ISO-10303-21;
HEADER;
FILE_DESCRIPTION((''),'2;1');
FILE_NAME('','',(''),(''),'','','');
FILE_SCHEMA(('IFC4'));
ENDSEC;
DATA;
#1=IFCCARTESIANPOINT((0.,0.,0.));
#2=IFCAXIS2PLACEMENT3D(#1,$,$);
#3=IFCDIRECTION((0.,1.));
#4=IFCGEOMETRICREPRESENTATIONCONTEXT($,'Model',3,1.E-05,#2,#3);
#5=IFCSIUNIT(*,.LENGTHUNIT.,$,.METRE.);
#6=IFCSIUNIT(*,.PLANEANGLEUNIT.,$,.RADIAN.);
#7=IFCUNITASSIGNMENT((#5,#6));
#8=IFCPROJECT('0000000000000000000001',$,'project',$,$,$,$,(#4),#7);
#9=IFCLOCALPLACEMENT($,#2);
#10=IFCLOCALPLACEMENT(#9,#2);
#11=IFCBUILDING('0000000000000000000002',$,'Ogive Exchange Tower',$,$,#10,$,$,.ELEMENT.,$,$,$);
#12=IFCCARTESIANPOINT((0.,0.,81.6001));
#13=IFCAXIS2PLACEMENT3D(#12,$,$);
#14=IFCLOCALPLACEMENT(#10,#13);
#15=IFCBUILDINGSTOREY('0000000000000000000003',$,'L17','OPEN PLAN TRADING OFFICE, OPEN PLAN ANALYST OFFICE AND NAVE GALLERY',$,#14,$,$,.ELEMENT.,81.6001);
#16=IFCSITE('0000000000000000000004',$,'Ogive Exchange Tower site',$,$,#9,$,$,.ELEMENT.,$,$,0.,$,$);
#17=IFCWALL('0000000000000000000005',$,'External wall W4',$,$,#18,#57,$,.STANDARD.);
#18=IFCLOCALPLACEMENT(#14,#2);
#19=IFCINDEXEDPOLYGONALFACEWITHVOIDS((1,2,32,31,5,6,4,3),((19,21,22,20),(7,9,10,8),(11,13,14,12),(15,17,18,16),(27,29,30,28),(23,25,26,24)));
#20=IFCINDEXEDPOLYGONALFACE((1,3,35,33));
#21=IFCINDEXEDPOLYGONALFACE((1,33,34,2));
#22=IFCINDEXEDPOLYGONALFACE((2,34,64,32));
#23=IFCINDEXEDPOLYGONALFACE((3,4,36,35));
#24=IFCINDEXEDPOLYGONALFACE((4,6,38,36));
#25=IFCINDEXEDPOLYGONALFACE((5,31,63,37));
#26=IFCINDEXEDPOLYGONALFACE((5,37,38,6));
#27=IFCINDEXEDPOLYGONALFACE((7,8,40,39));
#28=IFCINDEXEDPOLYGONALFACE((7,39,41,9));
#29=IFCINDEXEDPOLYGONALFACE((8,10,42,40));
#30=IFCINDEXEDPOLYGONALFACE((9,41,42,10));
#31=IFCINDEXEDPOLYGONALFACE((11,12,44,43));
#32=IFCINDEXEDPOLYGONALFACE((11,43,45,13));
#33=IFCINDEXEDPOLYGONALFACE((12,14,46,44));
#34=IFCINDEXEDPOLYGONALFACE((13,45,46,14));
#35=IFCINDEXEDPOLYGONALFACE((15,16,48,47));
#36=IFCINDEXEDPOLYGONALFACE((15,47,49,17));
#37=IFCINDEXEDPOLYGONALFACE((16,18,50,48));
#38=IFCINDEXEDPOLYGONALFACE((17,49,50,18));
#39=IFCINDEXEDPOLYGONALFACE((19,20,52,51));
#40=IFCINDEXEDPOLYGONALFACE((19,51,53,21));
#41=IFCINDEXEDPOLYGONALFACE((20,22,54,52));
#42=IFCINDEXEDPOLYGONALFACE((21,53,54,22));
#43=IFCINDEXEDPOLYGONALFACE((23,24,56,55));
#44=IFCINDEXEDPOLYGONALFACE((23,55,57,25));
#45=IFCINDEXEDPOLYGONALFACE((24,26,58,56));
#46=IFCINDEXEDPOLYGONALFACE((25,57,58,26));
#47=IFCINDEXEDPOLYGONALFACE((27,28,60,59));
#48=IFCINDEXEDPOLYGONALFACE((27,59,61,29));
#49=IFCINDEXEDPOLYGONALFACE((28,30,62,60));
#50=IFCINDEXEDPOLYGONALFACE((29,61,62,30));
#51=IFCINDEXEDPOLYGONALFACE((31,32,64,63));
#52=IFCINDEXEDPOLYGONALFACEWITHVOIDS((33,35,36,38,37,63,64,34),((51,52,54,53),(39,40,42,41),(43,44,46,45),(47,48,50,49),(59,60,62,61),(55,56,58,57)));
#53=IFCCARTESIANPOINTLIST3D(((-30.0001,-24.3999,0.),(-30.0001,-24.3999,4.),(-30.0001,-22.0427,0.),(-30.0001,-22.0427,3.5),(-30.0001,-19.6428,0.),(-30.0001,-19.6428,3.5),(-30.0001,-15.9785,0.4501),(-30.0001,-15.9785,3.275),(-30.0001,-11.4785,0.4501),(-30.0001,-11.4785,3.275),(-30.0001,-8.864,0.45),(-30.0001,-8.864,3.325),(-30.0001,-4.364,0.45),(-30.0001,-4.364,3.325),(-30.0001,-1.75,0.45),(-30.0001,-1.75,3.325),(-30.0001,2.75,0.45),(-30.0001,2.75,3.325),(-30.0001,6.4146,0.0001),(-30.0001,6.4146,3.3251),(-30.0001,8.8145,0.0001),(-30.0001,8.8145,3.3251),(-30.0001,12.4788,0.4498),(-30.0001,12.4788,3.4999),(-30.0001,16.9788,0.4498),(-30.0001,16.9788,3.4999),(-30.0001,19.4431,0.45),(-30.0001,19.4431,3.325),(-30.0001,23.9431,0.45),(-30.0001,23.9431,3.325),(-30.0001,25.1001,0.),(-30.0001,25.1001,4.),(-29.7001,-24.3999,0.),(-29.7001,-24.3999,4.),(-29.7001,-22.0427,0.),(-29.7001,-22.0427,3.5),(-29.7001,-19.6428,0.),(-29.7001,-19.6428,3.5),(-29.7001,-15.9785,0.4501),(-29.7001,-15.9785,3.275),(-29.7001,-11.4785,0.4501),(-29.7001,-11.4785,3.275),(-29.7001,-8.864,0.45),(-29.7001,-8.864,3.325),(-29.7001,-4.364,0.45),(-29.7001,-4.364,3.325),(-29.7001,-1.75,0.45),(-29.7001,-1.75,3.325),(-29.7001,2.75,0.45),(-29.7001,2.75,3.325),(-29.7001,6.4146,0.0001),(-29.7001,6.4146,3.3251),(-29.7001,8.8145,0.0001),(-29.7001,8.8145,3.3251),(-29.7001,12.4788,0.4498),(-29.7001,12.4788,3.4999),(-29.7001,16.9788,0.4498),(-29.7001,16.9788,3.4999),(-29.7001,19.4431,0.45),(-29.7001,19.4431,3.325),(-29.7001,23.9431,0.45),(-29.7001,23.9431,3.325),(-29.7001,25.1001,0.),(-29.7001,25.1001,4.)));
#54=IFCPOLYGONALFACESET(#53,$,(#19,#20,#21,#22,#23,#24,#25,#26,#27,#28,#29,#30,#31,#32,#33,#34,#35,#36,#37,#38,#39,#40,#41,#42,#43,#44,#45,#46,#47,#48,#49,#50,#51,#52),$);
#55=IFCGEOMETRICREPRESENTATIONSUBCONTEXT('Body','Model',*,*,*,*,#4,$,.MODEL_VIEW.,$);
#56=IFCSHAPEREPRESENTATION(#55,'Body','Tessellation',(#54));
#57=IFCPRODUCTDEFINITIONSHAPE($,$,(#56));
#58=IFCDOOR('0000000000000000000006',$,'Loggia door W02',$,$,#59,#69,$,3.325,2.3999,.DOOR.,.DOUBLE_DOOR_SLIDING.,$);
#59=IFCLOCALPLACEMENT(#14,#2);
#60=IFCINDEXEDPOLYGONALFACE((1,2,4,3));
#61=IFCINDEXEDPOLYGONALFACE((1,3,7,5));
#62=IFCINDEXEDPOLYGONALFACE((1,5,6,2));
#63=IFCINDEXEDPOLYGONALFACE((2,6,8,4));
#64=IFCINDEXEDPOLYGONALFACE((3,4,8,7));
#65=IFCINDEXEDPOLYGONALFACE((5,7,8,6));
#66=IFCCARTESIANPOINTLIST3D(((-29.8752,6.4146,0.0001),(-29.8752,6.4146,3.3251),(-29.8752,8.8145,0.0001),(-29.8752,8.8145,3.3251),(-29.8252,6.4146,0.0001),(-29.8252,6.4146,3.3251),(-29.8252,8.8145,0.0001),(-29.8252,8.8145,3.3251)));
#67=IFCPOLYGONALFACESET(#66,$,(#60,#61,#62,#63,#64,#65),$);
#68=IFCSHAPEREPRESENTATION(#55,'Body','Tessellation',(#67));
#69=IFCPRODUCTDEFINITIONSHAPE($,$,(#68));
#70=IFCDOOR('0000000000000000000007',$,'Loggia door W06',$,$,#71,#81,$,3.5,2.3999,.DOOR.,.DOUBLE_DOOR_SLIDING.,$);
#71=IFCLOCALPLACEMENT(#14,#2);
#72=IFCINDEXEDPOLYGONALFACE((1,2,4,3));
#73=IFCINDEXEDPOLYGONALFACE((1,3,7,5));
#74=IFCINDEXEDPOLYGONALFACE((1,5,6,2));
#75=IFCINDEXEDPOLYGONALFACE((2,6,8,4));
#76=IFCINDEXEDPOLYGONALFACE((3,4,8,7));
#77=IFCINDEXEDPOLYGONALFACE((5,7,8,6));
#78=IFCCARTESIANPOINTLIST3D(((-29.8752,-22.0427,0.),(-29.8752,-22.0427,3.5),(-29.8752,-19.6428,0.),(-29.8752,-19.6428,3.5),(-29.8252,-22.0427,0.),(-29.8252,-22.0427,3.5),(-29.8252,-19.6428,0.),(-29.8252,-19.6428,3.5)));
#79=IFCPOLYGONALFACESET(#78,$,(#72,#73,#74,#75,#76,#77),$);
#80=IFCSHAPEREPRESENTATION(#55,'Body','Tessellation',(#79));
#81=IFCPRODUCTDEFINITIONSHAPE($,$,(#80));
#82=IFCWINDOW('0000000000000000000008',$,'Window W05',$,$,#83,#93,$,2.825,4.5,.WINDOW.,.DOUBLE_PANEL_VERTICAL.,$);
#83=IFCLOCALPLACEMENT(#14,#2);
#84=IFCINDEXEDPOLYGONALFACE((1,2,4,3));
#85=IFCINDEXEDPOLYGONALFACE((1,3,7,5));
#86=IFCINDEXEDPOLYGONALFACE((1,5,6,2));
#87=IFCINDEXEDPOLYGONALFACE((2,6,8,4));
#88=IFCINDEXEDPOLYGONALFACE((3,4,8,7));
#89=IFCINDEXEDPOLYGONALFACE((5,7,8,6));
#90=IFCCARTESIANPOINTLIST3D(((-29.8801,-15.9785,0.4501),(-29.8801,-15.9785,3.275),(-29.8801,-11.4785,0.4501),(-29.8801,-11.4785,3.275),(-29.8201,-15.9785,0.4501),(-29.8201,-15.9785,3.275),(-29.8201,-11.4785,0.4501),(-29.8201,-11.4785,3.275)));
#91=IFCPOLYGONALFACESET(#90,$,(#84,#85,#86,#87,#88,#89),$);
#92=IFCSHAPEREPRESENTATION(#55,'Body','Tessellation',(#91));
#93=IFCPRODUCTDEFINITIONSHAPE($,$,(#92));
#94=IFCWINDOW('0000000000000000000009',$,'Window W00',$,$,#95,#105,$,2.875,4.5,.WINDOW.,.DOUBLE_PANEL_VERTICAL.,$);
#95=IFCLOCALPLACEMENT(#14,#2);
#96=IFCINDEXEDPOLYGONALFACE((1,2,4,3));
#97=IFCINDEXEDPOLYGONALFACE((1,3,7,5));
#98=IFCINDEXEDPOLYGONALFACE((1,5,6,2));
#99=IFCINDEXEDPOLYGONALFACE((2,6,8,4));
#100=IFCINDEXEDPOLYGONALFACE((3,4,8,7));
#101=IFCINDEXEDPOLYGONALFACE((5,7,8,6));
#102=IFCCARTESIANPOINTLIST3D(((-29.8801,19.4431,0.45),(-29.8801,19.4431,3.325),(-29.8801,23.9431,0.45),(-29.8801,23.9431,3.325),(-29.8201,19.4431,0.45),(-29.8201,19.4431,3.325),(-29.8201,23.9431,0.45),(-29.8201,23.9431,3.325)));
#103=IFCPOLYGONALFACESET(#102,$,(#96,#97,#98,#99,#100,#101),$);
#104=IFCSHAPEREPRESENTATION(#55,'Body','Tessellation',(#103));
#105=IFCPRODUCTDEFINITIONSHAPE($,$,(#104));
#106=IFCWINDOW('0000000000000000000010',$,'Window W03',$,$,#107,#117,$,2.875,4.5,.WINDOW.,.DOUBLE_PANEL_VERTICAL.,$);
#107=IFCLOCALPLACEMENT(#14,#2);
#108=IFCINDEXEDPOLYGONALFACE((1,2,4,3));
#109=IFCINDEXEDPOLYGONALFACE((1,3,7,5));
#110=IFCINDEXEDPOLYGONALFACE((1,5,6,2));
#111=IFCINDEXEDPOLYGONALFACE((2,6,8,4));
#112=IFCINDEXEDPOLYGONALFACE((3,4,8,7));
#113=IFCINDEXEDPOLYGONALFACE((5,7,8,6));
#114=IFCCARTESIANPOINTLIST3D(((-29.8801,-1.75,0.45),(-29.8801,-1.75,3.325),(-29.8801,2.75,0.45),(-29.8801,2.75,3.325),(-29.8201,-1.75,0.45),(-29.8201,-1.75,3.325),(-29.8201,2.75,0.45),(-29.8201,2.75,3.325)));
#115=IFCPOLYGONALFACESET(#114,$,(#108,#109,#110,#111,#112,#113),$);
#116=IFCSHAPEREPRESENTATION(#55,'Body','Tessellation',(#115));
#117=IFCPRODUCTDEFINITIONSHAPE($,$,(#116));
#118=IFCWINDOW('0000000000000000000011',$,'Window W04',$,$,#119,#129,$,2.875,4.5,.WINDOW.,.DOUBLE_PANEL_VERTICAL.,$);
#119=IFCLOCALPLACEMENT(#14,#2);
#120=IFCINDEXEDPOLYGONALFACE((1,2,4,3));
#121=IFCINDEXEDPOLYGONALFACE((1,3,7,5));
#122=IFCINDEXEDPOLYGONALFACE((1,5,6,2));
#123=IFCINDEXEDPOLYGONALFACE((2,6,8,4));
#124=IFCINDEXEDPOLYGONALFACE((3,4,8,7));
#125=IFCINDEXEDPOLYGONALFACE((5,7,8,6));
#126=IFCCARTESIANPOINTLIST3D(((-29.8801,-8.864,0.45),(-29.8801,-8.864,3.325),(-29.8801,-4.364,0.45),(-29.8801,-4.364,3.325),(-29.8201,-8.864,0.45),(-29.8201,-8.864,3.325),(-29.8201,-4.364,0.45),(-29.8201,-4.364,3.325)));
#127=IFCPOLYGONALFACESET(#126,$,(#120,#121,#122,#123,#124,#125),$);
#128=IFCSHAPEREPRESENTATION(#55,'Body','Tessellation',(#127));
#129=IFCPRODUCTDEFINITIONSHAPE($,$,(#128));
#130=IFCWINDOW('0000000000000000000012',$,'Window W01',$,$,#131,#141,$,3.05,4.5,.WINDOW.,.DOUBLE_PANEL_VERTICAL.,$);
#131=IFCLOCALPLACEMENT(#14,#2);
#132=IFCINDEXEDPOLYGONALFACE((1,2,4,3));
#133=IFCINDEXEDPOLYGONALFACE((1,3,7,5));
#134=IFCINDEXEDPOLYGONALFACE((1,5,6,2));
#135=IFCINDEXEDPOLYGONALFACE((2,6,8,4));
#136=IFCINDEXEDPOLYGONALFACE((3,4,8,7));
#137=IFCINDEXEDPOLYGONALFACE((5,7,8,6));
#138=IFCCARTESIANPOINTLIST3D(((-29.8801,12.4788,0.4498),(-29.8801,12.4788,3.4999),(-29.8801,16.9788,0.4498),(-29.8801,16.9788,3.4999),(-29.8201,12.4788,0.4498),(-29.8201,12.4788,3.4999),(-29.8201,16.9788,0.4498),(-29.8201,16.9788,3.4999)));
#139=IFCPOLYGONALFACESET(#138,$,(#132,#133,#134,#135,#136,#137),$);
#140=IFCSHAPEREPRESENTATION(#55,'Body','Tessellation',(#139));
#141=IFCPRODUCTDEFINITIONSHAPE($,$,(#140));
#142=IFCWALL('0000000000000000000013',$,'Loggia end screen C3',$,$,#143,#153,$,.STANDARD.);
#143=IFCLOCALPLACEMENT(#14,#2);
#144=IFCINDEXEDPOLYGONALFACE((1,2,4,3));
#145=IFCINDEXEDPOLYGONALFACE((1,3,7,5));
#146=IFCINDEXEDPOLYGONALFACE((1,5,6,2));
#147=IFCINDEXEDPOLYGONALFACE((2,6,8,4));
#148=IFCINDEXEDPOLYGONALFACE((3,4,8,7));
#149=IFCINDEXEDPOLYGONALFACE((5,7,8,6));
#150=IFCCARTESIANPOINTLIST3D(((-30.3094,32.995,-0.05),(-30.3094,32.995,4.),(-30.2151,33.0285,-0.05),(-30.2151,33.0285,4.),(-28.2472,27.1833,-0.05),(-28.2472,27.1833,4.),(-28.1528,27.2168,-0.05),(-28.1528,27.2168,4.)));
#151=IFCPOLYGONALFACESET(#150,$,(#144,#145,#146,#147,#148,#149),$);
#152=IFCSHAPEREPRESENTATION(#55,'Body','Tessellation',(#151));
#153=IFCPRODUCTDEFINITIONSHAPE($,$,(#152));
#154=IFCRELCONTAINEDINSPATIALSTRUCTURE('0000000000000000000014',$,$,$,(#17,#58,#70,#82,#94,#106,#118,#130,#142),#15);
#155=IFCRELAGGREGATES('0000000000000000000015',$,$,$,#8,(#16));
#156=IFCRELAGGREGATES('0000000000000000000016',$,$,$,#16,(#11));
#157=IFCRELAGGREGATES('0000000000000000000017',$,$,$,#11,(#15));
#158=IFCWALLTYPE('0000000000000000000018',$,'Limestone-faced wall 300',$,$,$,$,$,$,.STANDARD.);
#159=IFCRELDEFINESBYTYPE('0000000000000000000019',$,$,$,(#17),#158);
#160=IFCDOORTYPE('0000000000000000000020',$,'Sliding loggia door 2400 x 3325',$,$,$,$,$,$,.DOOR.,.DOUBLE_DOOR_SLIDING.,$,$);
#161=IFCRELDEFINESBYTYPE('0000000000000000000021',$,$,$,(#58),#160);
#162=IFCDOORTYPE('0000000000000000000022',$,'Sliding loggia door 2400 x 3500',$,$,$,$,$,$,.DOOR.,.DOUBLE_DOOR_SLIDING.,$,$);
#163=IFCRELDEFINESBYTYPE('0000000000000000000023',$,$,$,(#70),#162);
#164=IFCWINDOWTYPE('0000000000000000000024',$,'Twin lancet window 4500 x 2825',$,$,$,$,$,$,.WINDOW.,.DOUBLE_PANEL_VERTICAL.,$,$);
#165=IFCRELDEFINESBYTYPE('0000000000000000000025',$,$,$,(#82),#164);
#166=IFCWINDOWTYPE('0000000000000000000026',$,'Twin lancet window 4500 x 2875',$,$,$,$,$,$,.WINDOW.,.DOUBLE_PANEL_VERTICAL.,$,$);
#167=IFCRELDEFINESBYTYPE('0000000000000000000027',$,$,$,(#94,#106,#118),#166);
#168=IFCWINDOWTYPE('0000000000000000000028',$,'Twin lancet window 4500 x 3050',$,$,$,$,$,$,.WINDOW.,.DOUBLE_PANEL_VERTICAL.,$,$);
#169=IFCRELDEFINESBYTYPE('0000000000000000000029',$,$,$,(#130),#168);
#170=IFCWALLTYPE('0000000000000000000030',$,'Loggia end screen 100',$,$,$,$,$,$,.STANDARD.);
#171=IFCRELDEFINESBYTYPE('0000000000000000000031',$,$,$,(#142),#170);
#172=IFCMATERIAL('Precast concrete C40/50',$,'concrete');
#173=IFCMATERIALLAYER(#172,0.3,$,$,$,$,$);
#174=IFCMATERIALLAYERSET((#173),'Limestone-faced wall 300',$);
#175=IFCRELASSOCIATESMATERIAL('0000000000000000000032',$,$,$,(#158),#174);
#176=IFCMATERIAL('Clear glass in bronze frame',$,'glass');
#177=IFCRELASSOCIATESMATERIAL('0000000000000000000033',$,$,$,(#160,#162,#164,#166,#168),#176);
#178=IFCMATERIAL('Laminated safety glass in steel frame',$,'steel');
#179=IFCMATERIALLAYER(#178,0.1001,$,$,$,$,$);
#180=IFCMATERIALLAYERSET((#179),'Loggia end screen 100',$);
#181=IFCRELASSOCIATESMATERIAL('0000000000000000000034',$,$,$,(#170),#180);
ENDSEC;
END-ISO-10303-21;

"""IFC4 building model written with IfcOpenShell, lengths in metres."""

from ifc_helpers import new_model, si_unit, direction, frame, frame_2d, origin, place, context, subcontext, project, spatial, rectangle, extrude, material, layer, layer_set, type_object, element, fill, save


model = new_model("IFC4")

# Units and contexts
model_context = context("Model", 3, precision=1e-05, world=origin(), true_north=direction((0.0, 1.0)))
body_context = subcontext(model_context, "Body", "Model", "MODEL_VIEW")
ifc_project = project(units=[si_unit("LENGTHUNIT", "METRE"), si_unit("PLANEANGLEUNIT", "RADIAN")], contexts=[model_context])

# Site, building, storey
site_placement = place(None, origin())
site = spatial("IfcSite", under=ifc_project, at=site_placement, Name="Ogive Exchange Tower site", CompositionType="ELEMENT", RefElevation=0.0)
building_placement = place(site_placement, origin())
building = spatial("IfcBuilding", under=site, at=building_placement, Name="Ogive Exchange Tower", CompositionType="ELEMENT")
storey_placement = place(building_placement, frame((0.0, 0.0, 81.6001)))
storey = spatial("IfcBuildingStorey", under=building, at=storey_placement, Name="L17", Description="OPEN PLAN TRADING OFFICE, OPEN PLAN ANALYST OFFICE AND NAVE GALLERY", CompositionType="ELEMENT", Elevation=81.6001)

# Wall, openings, doors, windows
ifc_material_1 = material(Name="Precast concrete C40/50", Category="concrete")
ifc_layer_1 = layer(ifc_material_1, 0.3)
ifc_layer_set_1 = layer_set([ifc_layer_1], Name="Limestone-faced wall 300")
wall_type_1 = type_object("IfcWallType", Name="Limestone-faced wall 300", PredefinedType="STANDARD", material=ifc_layer_set_1)
wall_1_placement = place(storey_placement, frame((-29.8501, 25.1001, 0.0), z_axis=(0.0, 0.0, 1.0), x_axis=(0.0, -1.0, 0.0)))
wall_1 = element("IfcWall", 1, at=wall_1_placement, inside=storey, type_object=wall_type_1, Name="External wall W4", PredefinedType="STANDARD", context=body_context, shape_type="SweptSolid", body=[
    extrude(rectangle(XDim=49.5, YDim=0.3, at=frame_2d((24.75, 0.0))), origin(), (0.0, 0.0, 1.0), 4.0),
])
opening_1_placement = place(wall_1_placement, frame((1.157, 0.0, 0.45)))
opening_1 = element("IfcOpeningElement", 2, at=opening_1_placement, cuts=wall_1, PredefinedType="OPENING", context=body_context, shape_type="SweptSolid", body=[
    extrude(rectangle(XDim=4.5, YDim=2.875, at=frame_2d((2.25, 1.4375))), frame((0.0, 0.1599, 0.0), z_axis=(0.0, -1.0, 0.0), x_axis=(1.0, 0.0, 0.0)), (0.0, 0.0, 1.0), 0.3201),
])
opening_2_placement = place(wall_1_placement, frame((8.1213, 0.0, 0.45)))
opening_2 = element("IfcOpeningElement", 3, at=opening_2_placement, cuts=wall_1, PredefinedType="OPENING", context=body_context, shape_type="SweptSolid", body=[
    extrude(rectangle(XDim=4.5, YDim=3.05, at=frame_2d((2.25, 1.5249))), frame((0.0, 0.1599, 0.0), z_axis=(0.0, -1.0, 0.0), x_axis=(1.0, 0.0, 0.0)), (0.0, 0.0, 1.0), 0.3201),
])
opening_3_placement = place(wall_1_placement, frame((16.2856, 0.0, 0.0)))
opening_3 = element("IfcOpeningElement", 4, at=opening_3_placement, cuts=wall_1, PredefinedType="OPENING", context=body_context, shape_type="SweptSolid", body=[
    extrude(rectangle(XDim=2.3999, YDim=3.325, at=frame_2d((1.2, 1.6626))), frame((0.0, 0.1599, 0.0), z_axis=(0.0, -1.0, 0.0), x_axis=(1.0, 0.0, 0.0)), (0.0, 0.0, 1.0), 0.3201),
])
opening_4_placement = place(wall_1_placement, frame((22.3501, 0.0, 0.45)))
opening_4 = element("IfcOpeningElement", 5, at=opening_4_placement, cuts=wall_1, PredefinedType="OPENING", context=body_context, shape_type="SweptSolid", body=[
    extrude(rectangle(XDim=4.5, YDim=2.875, at=frame_2d((2.25, 1.4375))), frame((0.0, 0.1599, 0.0), z_axis=(0.0, -1.0, 0.0), x_axis=(1.0, 0.0, 0.0)), (0.0, 0.0, 1.0), 0.3201),
])
opening_5_placement = place(wall_1_placement, frame((29.4641, 0.0, 0.45)))
opening_5 = element("IfcOpeningElement", 6, at=opening_5_placement, cuts=wall_1, PredefinedType="OPENING", context=body_context, shape_type="SweptSolid", body=[
    extrude(rectangle(XDim=4.5, YDim=2.875, at=frame_2d((2.25, 1.4375))), frame((0.0, 0.1599, 0.0), z_axis=(0.0, -1.0, 0.0), x_axis=(1.0, 0.0, 0.0)), (0.0, 0.0, 1.0), 0.3201),
])
opening_6_placement = place(wall_1_placement, frame((36.5786, 0.0, 0.45)))
opening_6 = element("IfcOpeningElement", 7, at=opening_6_placement, cuts=wall_1, PredefinedType="OPENING", context=body_context, shape_type="SweptSolid", body=[
    extrude(rectangle(XDim=4.5, YDim=2.825, at=frame_2d((2.25, 1.4126))), frame((0.0, 0.1599, 0.0), z_axis=(0.0, -1.0, 0.0), x_axis=(1.0, 0.0, 0.0)), (0.0, 0.0, 1.0), 0.3201),
])
opening_7_placement = place(wall_1_placement, frame((44.7429, 0.0, 0.0)))
opening_7 = element("IfcOpeningElement", 8, at=opening_7_placement, cuts=wall_1, PredefinedType="OPENING", context=body_context, shape_type="SweptSolid", body=[
    extrude(rectangle(XDim=2.3999, YDim=3.5, at=frame_2d((1.2, 1.75))), frame((0.0, 0.1599, 0.0), z_axis=(0.0, -1.0, 0.0), x_axis=(1.0, 0.0, 0.0)), (0.0, 0.0, 1.0), 0.3201),
])
ifc_material_2 = material(Name="Clear glass in bronze frame", Category="glass")
door_type_1 = type_object("IfcDoorType", Name="Sliding loggia door 2400 x 3325", OperationType="DOUBLE_DOOR_SLIDING", PredefinedType="DOOR", material=ifc_material_2)
door_1_placement = place(opening_3_placement, origin())
door_1 = element("IfcDoor", 9, at=door_1_placement, inside=storey, type_object=door_type_1, Name="Loggia door W02", OperationType="DOUBLE_DOOR_SLIDING", OverallHeight=3.325, OverallWidth=2.3999, PredefinedType="DOOR", context=body_context, shape_type="SweptSolid", body=[
    extrude(rectangle(XDim=2.3999, YDim=3.325, at=frame_2d((1.2, 1.6626))), frame((0.0, 0.0249, 0.0), z_axis=(0.0, -1.0, 0.0), x_axis=(1.0, 0.0, 0.0)), (0.0, 0.0, 1.0), 0.05),
])
fill(opening_3, door_1)
door_type_2 = type_object("IfcDoorType", Name="Sliding loggia door 2400 x 3500", OperationType="DOUBLE_DOOR_SLIDING", PredefinedType="DOOR", material=ifc_material_2)
door_2_placement = place(opening_7_placement, origin())
door_2 = element("IfcDoor", 10, at=door_2_placement, inside=storey, type_object=door_type_2, Name="Loggia door W06", OperationType="DOUBLE_DOOR_SLIDING", OverallHeight=3.5, OverallWidth=2.3999, PredefinedType="DOOR", context=body_context, shape_type="SweptSolid", body=[
    extrude(rectangle(XDim=2.3999, YDim=3.5, at=frame_2d((1.2, 1.75))), frame((0.0, 0.0249, 0.0), z_axis=(0.0, -1.0, 0.0), x_axis=(1.0, 0.0, 0.0)), (0.0, 0.0, 1.0), 0.05),
])
fill(opening_7, door_2)
window_type_1 = type_object("IfcWindowType", Name="Twin lancet window 4500 x 2825", PartitioningType="DOUBLE_PANEL_VERTICAL", PredefinedType="WINDOW", material=ifc_material_2)
window_1_placement = place(opening_6_placement, origin())
window_1 = element("IfcWindow", 11, at=window_1_placement, inside=storey, type_object=window_type_1, Name="Window W05", OverallHeight=2.825, OverallWidth=4.5, PartitioningType="DOUBLE_PANEL_VERTICAL", PredefinedType="WINDOW", context=body_context, shape_type="SweptSolid", body=[
    extrude(rectangle(XDim=4.5, YDim=2.825, at=frame_2d((2.25, 1.4126))), frame((0.0, 0.03, 0.0), z_axis=(0.0, -1.0, 0.0), x_axis=(1.0, 0.0, 0.0)), (0.0, 0.0, 1.0), 0.0601),
])
fill(opening_6, window_1)
window_type_2 = type_object("IfcWindowType", Name="Twin lancet window 4500 x 2875", PartitioningType="DOUBLE_PANEL_VERTICAL", PredefinedType="WINDOW", material=ifc_material_2)
window_2_placement = place(opening_1_placement, origin())
window_2 = element("IfcWindow", 12, at=window_2_placement, inside=storey, type_object=window_type_2, Name="Window W00", OverallHeight=2.875, OverallWidth=4.5, PartitioningType="DOUBLE_PANEL_VERTICAL", PredefinedType="WINDOW", context=body_context, shape_type="SweptSolid", body=[
    extrude(rectangle(XDim=4.5, YDim=2.875, at=frame_2d((2.25, 1.4375))), frame((0.0, 0.03, 0.0), z_axis=(0.0, -1.0, 0.0), x_axis=(1.0, 0.0, 0.0)), (0.0, 0.0, 1.0), 0.0601),
])
fill(opening_1, window_2)
window_3_placement = place(opening_4_placement, origin())
window_3 = element("IfcWindow", 13, at=window_3_placement, inside=storey, type_object=window_type_2, Name="Window W03", OverallHeight=2.875, OverallWidth=4.5, PartitioningType="DOUBLE_PANEL_VERTICAL", PredefinedType="WINDOW", context=body_context, shape_type="SweptSolid", body=[
    extrude(rectangle(XDim=4.5, YDim=2.875, at=frame_2d((2.25, 1.4375))), frame((0.0, 0.03, 0.0), z_axis=(0.0, -1.0, 0.0), x_axis=(1.0, 0.0, 0.0)), (0.0, 0.0, 1.0), 0.0601),
])
fill(opening_4, window_3)
window_4_placement = place(opening_5_placement, origin())
window_4 = element("IfcWindow", 14, at=window_4_placement, inside=storey, type_object=window_type_2, Name="Window W04", OverallHeight=2.875, OverallWidth=4.5, PartitioningType="DOUBLE_PANEL_VERTICAL", PredefinedType="WINDOW", context=body_context, shape_type="SweptSolid", body=[
    extrude(rectangle(XDim=4.5, YDim=2.875, at=frame_2d((2.25, 1.4375))), frame((0.0, 0.03, 0.0), z_axis=(0.0, -1.0, 0.0), x_axis=(1.0, 0.0, 0.0)), (0.0, 0.0, 1.0), 0.0601),
])
fill(opening_5, window_4)
window_type_3 = type_object("IfcWindowType", Name="Twin lancet window 4500 x 3050", PartitioningType="DOUBLE_PANEL_VERTICAL", PredefinedType="WINDOW", material=ifc_material_2)
window_5_placement = place(opening_2_placement, origin())
window_5 = element("IfcWindow", 15, at=window_5_placement, inside=storey, type_object=window_type_3, Name="Window W01", OverallHeight=3.05, OverallWidth=4.5, PartitioningType="DOUBLE_PANEL_VERTICAL", PredefinedType="WINDOW", context=body_context, shape_type="SweptSolid", body=[
    extrude(rectangle(XDim=4.5, YDim=3.05, at=frame_2d((2.25, 1.5249))), frame((0.0, 0.03, 0.0), z_axis=(0.0, -1.0, 0.0), x_axis=(1.0, 0.0, 0.0)), (0.0, 0.0, 1.0), 0.0601),
])
fill(opening_2, window_5)

# Wall
ifc_material_3 = material(Name="Laminated safety glass in steel frame", Category="steel")
ifc_layer_2 = layer(ifc_material_3, 0.1001)
ifc_layer_set_2 = layer_set([ifc_layer_2], Name="Loggia end screen 100")
wall_type_2 = type_object("IfcWallType", Name="Loggia end screen 100", PredefinedType="STANDARD", material=ifc_layer_set_2)
wall_2_placement = place(storey_placement, frame((-28.2, 27.2, -0.05), z_axis=(0.0, 0.0, 1.0), x_axis=(-0.334412, 0.942427, 0.0)))
element("IfcWall", 16, at=wall_2_placement, inside=storey, type_object=wall_type_2, Name="Loggia end screen C3", PredefinedType="STANDARD", context=body_context, shape_type="SweptSolid", body=[
    extrude(rectangle(XDim=6.1667, YDim=0.1001, at=frame_2d((3.0835, 0.0))), origin(), (0.0, 0.0, 1.0), 4.05),
])

save(model, "model.ifc")
